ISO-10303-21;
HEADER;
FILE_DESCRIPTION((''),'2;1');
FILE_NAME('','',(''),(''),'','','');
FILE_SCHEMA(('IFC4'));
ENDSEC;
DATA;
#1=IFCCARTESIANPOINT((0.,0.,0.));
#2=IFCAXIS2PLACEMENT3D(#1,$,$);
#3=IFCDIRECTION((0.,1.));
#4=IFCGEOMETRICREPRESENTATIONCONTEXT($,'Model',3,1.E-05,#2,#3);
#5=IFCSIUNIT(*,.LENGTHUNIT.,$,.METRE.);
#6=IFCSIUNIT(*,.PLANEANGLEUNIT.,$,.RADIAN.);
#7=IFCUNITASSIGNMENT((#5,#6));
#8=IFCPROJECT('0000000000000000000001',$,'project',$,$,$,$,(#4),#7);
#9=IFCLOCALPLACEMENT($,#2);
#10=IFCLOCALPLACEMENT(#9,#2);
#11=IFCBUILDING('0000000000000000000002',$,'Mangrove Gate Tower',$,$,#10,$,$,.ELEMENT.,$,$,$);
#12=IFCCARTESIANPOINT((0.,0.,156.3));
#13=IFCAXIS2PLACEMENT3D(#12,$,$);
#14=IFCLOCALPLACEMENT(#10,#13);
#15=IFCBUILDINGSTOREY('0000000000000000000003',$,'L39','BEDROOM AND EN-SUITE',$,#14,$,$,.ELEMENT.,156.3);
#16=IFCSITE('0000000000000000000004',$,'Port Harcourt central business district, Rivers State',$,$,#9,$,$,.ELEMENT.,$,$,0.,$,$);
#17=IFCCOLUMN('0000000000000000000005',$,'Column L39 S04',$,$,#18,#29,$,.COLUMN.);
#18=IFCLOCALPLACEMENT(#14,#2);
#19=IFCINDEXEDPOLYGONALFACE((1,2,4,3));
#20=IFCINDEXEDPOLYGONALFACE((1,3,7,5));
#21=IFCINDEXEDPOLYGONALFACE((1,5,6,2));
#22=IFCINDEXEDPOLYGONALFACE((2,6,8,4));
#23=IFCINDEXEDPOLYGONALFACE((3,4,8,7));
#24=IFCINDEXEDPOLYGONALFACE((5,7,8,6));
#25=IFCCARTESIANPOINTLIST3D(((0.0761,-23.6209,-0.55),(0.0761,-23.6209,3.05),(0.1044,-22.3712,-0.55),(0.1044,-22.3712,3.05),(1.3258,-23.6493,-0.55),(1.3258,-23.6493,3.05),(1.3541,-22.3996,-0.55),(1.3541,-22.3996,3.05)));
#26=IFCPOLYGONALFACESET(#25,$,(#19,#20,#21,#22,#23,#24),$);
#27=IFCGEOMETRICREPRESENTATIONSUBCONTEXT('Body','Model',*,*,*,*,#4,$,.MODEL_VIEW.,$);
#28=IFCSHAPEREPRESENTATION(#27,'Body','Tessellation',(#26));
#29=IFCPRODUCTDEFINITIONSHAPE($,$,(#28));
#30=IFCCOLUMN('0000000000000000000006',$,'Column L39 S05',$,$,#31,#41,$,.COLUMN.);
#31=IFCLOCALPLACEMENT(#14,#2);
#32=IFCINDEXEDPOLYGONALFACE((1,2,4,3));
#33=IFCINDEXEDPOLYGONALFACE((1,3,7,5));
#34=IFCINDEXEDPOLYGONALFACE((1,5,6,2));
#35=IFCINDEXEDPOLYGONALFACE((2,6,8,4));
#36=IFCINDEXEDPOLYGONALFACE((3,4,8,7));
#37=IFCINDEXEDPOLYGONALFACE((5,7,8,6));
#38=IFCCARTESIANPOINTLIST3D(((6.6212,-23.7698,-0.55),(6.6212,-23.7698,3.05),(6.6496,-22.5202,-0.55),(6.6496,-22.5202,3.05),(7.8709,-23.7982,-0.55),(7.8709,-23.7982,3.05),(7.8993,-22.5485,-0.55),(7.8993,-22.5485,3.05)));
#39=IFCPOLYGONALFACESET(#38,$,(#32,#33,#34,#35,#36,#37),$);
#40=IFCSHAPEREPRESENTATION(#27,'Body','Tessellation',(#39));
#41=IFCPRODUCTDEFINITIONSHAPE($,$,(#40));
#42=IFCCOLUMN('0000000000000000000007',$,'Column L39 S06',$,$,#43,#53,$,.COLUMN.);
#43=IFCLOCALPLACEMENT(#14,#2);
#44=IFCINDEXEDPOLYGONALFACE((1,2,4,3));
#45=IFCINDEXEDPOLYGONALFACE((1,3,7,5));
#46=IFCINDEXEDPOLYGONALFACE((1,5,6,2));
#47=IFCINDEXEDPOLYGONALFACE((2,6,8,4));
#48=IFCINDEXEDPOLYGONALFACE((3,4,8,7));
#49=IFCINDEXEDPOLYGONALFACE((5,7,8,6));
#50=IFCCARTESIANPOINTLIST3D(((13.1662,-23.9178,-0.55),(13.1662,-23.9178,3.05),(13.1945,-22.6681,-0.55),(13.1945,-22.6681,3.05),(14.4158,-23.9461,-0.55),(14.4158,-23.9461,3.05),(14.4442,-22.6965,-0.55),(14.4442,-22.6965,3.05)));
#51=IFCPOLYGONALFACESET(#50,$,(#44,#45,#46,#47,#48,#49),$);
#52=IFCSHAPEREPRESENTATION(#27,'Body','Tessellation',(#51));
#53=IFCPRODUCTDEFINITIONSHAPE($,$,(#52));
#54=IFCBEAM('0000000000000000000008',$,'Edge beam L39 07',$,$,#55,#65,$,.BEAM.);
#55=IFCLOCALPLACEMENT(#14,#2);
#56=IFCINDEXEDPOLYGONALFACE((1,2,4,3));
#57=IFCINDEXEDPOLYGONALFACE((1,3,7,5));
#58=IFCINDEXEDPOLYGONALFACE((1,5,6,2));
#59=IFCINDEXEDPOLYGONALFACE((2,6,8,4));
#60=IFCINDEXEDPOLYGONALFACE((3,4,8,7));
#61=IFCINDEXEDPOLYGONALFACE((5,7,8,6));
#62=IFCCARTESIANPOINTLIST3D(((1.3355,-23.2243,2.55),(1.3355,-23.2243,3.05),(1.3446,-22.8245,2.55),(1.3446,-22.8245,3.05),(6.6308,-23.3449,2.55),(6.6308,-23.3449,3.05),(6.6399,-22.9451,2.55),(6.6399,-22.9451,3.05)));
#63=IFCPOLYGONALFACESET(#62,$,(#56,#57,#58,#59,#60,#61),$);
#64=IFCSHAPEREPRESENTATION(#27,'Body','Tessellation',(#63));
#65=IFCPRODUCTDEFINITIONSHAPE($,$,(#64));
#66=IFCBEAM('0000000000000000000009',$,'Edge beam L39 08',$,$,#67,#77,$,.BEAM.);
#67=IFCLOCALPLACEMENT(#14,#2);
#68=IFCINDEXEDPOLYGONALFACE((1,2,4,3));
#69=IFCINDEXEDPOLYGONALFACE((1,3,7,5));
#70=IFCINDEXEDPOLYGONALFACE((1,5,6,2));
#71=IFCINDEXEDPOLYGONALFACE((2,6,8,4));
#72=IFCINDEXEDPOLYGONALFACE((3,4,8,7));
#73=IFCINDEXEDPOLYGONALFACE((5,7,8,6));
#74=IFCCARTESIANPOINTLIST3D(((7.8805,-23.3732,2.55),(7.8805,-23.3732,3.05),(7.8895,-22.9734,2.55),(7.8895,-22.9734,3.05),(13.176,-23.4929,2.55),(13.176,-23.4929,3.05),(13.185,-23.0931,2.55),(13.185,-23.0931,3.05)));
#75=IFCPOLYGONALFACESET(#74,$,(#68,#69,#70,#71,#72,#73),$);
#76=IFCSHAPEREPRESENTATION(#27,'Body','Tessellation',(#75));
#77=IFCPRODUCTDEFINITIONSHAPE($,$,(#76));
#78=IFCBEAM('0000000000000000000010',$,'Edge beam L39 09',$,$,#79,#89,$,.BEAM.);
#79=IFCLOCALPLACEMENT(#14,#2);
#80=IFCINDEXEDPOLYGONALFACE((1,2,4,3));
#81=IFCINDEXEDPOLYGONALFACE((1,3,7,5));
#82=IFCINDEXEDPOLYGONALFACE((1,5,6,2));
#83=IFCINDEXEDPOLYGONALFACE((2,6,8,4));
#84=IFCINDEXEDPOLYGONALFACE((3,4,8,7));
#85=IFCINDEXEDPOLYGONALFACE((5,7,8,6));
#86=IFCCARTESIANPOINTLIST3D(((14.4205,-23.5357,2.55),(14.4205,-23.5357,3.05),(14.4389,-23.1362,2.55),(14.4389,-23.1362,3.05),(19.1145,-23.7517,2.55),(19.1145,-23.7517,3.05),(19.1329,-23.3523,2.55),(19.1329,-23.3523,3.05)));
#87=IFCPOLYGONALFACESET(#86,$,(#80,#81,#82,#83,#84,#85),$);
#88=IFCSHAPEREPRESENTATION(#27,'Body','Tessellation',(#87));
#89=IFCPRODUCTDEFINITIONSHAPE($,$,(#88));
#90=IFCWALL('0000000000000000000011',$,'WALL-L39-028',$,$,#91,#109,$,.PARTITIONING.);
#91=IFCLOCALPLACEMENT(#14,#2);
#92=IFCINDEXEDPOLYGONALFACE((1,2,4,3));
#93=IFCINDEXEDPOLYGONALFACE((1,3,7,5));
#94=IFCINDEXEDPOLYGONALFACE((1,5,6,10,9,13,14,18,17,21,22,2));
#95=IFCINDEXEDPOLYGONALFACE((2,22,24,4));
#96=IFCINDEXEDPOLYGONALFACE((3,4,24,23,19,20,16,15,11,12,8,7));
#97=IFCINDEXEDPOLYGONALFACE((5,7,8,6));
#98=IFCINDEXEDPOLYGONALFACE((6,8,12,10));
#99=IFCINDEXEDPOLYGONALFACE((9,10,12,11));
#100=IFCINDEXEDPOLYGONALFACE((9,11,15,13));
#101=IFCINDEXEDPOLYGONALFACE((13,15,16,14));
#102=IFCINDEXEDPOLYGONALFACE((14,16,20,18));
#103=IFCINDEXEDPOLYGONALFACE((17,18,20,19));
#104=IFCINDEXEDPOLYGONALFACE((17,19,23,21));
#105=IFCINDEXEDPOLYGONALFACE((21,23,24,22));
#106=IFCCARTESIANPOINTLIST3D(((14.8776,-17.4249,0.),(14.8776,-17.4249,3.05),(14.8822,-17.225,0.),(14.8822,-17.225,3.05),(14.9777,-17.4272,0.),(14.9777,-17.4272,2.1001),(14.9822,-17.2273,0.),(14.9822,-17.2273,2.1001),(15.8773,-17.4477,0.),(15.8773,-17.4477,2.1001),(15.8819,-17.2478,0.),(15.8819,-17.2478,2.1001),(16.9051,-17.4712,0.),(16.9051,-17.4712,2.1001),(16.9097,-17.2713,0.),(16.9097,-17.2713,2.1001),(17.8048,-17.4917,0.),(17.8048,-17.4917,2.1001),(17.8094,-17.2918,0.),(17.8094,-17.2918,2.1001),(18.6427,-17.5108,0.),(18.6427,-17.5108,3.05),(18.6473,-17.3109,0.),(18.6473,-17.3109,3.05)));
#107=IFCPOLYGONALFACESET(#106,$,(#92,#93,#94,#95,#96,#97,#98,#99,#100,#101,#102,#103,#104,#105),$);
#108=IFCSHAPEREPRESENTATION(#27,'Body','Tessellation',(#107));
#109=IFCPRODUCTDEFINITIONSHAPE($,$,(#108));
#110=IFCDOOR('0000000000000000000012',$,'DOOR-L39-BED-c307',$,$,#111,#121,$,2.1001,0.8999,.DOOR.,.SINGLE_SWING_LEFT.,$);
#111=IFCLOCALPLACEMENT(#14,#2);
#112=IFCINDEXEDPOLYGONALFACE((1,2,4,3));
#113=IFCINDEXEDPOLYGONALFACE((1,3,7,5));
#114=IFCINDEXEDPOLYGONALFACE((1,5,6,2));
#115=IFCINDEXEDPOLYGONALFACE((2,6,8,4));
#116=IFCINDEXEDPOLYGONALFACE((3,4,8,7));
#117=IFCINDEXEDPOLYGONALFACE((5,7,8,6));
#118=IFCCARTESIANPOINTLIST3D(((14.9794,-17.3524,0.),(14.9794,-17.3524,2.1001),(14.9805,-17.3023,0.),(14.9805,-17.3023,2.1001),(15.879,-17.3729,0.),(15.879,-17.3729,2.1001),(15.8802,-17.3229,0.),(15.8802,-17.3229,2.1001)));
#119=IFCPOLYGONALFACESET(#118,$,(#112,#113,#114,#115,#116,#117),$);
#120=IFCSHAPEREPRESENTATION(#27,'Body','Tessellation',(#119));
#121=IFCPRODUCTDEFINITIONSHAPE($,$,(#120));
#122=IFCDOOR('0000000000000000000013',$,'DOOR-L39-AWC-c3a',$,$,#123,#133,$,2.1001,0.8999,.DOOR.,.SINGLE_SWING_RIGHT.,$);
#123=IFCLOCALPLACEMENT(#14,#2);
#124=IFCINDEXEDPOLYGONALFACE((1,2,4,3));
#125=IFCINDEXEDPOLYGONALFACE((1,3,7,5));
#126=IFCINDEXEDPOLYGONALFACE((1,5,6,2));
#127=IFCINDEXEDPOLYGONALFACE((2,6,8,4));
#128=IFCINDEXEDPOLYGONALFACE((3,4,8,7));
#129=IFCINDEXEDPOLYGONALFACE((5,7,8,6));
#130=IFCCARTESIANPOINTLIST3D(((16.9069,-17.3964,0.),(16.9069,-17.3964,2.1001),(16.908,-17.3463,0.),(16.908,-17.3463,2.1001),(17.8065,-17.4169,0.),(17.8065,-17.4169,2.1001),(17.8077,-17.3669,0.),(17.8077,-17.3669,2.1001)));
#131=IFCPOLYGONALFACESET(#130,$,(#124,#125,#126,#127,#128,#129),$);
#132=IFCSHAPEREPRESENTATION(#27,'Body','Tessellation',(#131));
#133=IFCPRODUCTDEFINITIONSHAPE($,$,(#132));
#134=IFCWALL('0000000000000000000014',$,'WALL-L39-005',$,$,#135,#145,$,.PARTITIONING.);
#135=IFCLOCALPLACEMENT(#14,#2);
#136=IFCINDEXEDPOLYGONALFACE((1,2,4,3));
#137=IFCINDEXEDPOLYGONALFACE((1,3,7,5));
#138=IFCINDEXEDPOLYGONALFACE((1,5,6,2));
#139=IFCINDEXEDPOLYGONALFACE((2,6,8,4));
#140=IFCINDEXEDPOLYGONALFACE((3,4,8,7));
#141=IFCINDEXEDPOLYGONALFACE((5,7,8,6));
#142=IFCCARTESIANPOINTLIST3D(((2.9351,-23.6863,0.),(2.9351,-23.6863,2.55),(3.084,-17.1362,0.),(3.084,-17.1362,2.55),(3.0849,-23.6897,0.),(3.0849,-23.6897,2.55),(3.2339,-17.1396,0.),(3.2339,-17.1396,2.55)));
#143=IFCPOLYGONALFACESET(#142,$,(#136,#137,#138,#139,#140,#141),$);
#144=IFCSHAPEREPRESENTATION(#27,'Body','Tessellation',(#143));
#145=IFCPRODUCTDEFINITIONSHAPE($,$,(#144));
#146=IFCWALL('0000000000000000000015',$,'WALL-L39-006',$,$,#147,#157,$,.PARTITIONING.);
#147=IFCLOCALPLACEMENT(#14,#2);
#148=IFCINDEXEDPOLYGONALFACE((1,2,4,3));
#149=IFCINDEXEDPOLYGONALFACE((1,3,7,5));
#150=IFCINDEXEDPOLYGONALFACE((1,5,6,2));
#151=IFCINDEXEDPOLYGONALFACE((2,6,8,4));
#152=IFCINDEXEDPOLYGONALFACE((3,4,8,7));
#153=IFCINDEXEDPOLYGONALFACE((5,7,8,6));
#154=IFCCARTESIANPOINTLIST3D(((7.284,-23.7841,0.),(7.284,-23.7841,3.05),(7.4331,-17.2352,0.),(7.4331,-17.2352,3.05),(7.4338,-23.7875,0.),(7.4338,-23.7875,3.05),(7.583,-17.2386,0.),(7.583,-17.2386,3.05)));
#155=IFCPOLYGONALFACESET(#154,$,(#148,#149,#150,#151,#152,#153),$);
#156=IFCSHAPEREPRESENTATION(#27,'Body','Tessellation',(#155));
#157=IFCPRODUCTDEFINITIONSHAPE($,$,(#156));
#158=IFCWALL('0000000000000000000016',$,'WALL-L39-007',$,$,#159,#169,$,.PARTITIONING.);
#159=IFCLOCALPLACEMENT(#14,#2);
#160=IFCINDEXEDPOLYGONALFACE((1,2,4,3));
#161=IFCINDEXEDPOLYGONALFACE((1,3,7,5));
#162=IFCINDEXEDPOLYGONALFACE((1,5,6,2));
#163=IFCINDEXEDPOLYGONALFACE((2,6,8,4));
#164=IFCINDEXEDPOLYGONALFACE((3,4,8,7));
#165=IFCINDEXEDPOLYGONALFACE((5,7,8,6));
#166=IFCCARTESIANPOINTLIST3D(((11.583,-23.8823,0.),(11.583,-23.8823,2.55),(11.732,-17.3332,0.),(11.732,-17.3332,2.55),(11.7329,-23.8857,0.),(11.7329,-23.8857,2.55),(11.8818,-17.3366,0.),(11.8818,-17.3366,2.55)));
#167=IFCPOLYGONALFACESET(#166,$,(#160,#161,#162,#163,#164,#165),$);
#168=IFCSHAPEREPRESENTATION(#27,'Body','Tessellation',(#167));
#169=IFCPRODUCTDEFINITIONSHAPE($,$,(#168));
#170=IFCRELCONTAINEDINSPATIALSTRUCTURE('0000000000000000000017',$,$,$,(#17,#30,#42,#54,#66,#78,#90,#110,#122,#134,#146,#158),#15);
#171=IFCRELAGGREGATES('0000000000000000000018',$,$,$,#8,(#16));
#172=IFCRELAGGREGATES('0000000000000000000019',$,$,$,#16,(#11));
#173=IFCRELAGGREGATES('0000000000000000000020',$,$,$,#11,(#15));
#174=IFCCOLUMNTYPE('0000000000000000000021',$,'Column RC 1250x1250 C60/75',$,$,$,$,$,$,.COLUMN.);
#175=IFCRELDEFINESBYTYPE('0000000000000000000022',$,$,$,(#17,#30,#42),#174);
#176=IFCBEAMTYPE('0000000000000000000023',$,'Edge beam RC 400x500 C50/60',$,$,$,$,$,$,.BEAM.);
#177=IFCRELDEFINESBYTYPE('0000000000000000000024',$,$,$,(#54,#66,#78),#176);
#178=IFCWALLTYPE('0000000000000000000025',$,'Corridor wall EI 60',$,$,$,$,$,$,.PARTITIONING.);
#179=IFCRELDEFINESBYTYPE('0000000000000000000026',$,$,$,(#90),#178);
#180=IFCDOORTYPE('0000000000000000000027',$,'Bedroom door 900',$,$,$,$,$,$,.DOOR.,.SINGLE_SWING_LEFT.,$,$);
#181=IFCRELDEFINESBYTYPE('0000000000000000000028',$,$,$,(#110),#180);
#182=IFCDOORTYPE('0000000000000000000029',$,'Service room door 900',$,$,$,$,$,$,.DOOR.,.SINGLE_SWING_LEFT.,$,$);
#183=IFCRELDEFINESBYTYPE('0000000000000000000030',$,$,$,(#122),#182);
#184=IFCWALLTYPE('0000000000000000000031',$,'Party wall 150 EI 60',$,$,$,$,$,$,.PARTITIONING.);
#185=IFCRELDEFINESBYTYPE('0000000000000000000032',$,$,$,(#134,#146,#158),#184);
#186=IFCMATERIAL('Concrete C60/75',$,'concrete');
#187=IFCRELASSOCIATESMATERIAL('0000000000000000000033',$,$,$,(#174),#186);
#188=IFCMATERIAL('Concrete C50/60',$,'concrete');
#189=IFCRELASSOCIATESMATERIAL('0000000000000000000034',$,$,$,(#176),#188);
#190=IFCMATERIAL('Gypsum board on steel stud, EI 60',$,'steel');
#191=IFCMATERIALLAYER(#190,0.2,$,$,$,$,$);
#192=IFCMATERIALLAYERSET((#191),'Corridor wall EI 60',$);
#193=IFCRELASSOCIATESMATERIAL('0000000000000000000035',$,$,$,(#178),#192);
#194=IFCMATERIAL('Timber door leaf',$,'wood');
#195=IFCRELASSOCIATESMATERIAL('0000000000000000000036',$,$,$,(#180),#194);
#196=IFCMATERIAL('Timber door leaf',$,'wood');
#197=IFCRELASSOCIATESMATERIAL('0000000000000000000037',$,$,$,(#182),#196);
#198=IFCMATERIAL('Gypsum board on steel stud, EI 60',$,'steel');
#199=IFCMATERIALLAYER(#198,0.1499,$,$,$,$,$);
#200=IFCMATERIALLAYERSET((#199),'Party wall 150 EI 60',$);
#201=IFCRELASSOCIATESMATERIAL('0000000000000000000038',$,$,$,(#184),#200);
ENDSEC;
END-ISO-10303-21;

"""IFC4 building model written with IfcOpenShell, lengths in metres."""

from ifc_helpers import new_model, si_unit, direction, frame, frame_2d, origin, origin_2d, place, context, subcontext, project, spatial, rectangle, extrude, material, layer, layer_set, material_profile, profile_set, type_object, element, fill, save


model = new_model("IFC4")

# Units and contexts
model_context = context("Model", 3, precision=1e-05, world=origin(), true_north=direction((0.0, 1.0)))
body_context = subcontext(model_context, "Body", "Model", "MODEL_VIEW")
ifc_project = project(units=[si_unit("LENGTHUNIT", "METRE"), si_unit("PLANEANGLEUNIT", "RADIAN")], contexts=[model_context])

# Site, building, storey
site_placement = place(None, origin())
site = spatial("IfcSite", under=ifc_project, at=site_placement, Name="Port Harcourt central business district, Rivers State", CompositionType="ELEMENT", RefElevation=0.0)
building_placement = place(site_placement, origin())
building = spatial("IfcBuilding", under=site, at=building_placement, Name="Mangrove Gate Tower", CompositionType="ELEMENT")
storey_placement = place(building_placement, frame((0.0, 0.0, 156.3)))
storey = spatial("IfcBuildingStorey", under=building, at=storey_placement, Name="L39", Description="BEDROOM AND EN-SUITE", CompositionType="ELEMENT", Elevation=156.3)

# Columns
ifc_material_1 = material(Name="Concrete C60/75", Category="concrete")
ifc_material_profile_1 = material_profile(ifc_material_1, rectangle(XDim=1.25, YDim=1.25, at=origin_2d()))
ifc_profile_set_1 = profile_set([ifc_material_profile_1], Name="Concrete C60/75")
column_type = type_object("IfcColumnType", Name="Column RC 1250x1250 C60/75", PredefinedType="COLUMN", material=ifc_profile_set_1)
for number, where, z_axis, x_axis, name in (
    (1, (0.7151, -23.0103, -0.55), (0.0, 0.0, 1.0), (0.999743, -0.022683, 0.0), "Column L39 S04"),
    (2, (7.2603, -23.1592, -0.55), (0.0, 0.0, 1.0), (0.999743, -0.022683, 0.0), "Column L39 S05"),
    (3, (13.8052, -23.3071, -0.55), (0.0, 0.0, 1.0), (0.999743, -0.022683, 0.0), "Column L39 S06"),
):
    element("IfcColumn", number, at=place(storey_placement, frame(where, z_axis=z_axis, x_axis=x_axis)), inside=storey, type_object=column_type, Name=name, PredefinedType="COLUMN", context=body_context, shape_type="SweptSolid", body=[
        extrude(rectangle(XDim=1.25, YDim=1.25, at=origin_2d()), origin(), (0.0, 0.0, 1.0), 3.6001),
    ])

# Beams
ifc_material_2 = material(Name="Concrete C50/60", Category="concrete")
ifc_material_profile_2 = material_profile(ifc_material_2, rectangle(XDim=0.3999, YDim=0.5, at=origin_2d()))
ifc_profile_set_2 = profile_set([ifc_material_profile_2], Name="Concrete C50/60")
beam_type = type_object("IfcBeamType", Name="Edge beam RC 400x500 C50/60", PredefinedType="BEAM", material=ifc_profile_set_2)
beam_1_placement = place(storey_placement, frame((1.3401, -23.0244, 2.8), z_axis=(0.999741, -0.022771, 0.0), x_axis=(0.022771, 0.999741, 0.0)))
element("IfcBeam", 4, at=beam_1_placement, inside=storey, type_object=beam_type, Name="Edge beam L39 07", PredefinedType="BEAM", context=body_context, shape_type="SweptSolid", body=[
    extrude(rectangle(XDim=0.3999, YDim=0.5, at=origin_2d()), origin(), (0.0, 0.0, 1.0), 5.2966),
])
beam_2_placement = place(storey_placement, frame((7.885, -23.1733, 2.8), z_axis=(0.999745, -0.022585, 0.0), x_axis=(0.022585, 0.999745, 0.0)))
element("IfcBeam", 5, at=beam_2_placement, inside=storey, type_object=beam_type, Name="Edge beam L39 08", PredefinedType="BEAM", context=body_context, shape_type="SweptSolid", body=[
    extrude(rectangle(XDim=0.3999, YDim=0.5, at=origin_2d()), origin(), (0.0, 0.0, 1.0), 5.2969),
])
beam_3_placement = place(storey_placement, frame((14.4297, -23.3359, 2.8), z_axis=(0.998942, -0.04598, 0.0), x_axis=(0.04598, 0.998942, 0.0)))
element("IfcBeam", 6, at=beam_3_placement, inside=storey, type_object=beam_type, Name="Edge beam L39 09", PredefinedType="BEAM", context=body_context, shape_type="SweptSolid", body=[
    extrude(rectangle(XDim=0.3999, YDim=0.5, at=origin_2d()), origin(), (0.0, 0.0, 1.0), 4.699),
])

# Wall, openings, doors
ifc_material_3 = material(Name="Gypsum board on steel stud, EI 60", Category="steel")
ifc_layer_1 = layer(ifc_material_3, 0.2)
ifc_layer_set_1 = layer_set([ifc_layer_1], Name="Corridor wall EI 60")
wall_type_1 = type_object("IfcWallType", Name="Corridor wall EI 60", PredefinedType="PARTITIONING", material=ifc_layer_set_1)
wall_1_placement = place(storey_placement, frame((14.8799, -17.325, 0.0), z_axis=(0.0, 0.0, 1.0), x_axis=(0.99974, -0.022819, 0.0)))
wall_1 = element("IfcWall", 7, at=wall_1_placement, inside=storey, type_object=wall_type_1, Name="WALL-L39-028", PredefinedType="PARTITIONING", context=body_context, shape_type="SweptSolid", body=[
    extrude(rectangle(XDim=3.7661, YDim=0.2, at=frame_2d((1.8831, 0.0))), origin(), (0.0, 0.0, 1.0), 3.05),
])
opening_1_placement = place(wall_1_placement, frame((0.1001, 0.0, 0.0)))
opening_1 = element("IfcOpeningElement", 8, at=opening_1_placement, cuts=wall_1, PredefinedType="OPENING", context=body_context, shape_type="SweptSolid", body=[
    extrude(rectangle(XDim=0.8999, YDim=2.1001, at=frame_2d((0.45, 1.05))), frame((0.0, 0.1099, 0.0), z_axis=(0.0, -1.0, 0.0), x_axis=(1.0, 0.0, 0.0)), (0.0, 0.0, 1.0), 0.22),
])
opening_2_placement = place(wall_1_placement, frame((2.0281, 0.0, 0.0)))
opening_2 = element("IfcOpeningElement", 9, at=opening_2_placement, cuts=wall_1, PredefinedType="OPENING", context=body_context, shape_type="SweptSolid", body=[
    extrude(rectangle(XDim=0.8999, YDim=2.1001, at=frame_2d((0.45, 1.05))), frame((0.0, 0.1099, 0.0), z_axis=(0.0, -1.0, 0.0), x_axis=(1.0, 0.0, 0.0)), (0.0, 0.0, 1.0), 0.22),
])
ifc_material_4 = material(Name="Timber door leaf", Category="wood")
door_type_1 = type_object("IfcDoorType", Name="Bedroom door 900", OperationType="SINGLE_SWING_LEFT", PredefinedType="DOOR", material=ifc_material_4)
door_1_placement = place(opening_1_placement, origin())
door_1 = element("IfcDoor", 10, at=door_1_placement, inside=storey, type_object=door_type_1, Name="DOOR-L39-BED-c307", OperationType="SINGLE_SWING_LEFT", OverallHeight=2.1001, OverallWidth=0.8999, PredefinedType="DOOR", context=body_context, shape_type="SweptSolid", body=[
    extrude(rectangle(XDim=0.8999, YDim=2.1001, at=frame_2d((0.45, 1.05))), frame((0.0, 0.0249, 0.0), z_axis=(0.0, -1.0, 0.0), x_axis=(1.0, 0.0, 0.0)), (0.0, 0.0, 1.0), 0.05),
])
fill(opening_1, door_1)
ifc_material_5 = material(Name="Timber door leaf", Category="wood")
door_type_2 = type_object("IfcDoorType", Name="Service room door 900", OperationType="SINGLE_SWING_LEFT", PredefinedType="DOOR", material=ifc_material_5)
door_2_placement = place(opening_2_placement, origin())
door_2 = element("IfcDoor", 11, at=door_2_placement, inside=storey, type_object=door_type_2, Name="DOOR-L39-AWC-c3a", OperationType="SINGLE_SWING_RIGHT", OverallHeight=2.1001, OverallWidth=0.8999, PredefinedType="DOOR", context=body_context, shape_type="SweptSolid", body=[
    extrude(rectangle(XDim=0.8999, YDim=2.1001, at=frame_2d((0.45, 1.05))), frame((0.0, 0.0249, 0.0), z_axis=(0.0, -1.0, 0.0), x_axis=(1.0, 0.0, 0.0)), (0.0, 0.0, 1.0), 0.05),
])
fill(opening_2, door_2)

# Walls
ifc_material_6 = material(Name="Gypsum board on steel stud, EI 60", Category="steel")
ifc_layer_2 = layer(ifc_material_6, 0.1499)
ifc_layer_set_2 = layer_set([ifc_layer_2], Name="Party wall 150 EI 60")
wall_type_2 = type_object("IfcWallType", Name="Party wall 150 EI 60", PredefinedType="PARTITIONING", material=ifc_layer_set_2)
wall_2_placement = place(storey_placement, frame((3.01, -23.688, 0.0), z_axis=(0.0, 0.0, 1.0), x_axis=(0.022731, 0.999742, 0.0)))
element("IfcWall", 12, at=wall_2_placement, inside=storey, type_object=wall_type_2, Name="WALL-L39-005", PredefinedType="PARTITIONING", context=body_context, shape_type="SweptSolid", body=[
    extrude(rectangle(XDim=6.5518, YDim=0.1499, at=frame_2d((3.2759, 0.0))), origin(), (0.0, 0.0, 1.0), 2.55),
])
wall_3_placement = place(storey_placement, frame((7.3589, -23.7859, 0.0), z_axis=(0.0, 0.0, 1.0), x_axis=(0.022772, 0.999741, 0.0)))
element("IfcWall", 13, at=wall_3_placement, inside=storey, type_object=wall_type_2, Name="WALL-L39-006", PredefinedType="PARTITIONING", context=body_context, shape_type="SweptSolid", body=[
    extrude(rectangle(XDim=6.5505, YDim=0.1499, at=frame_2d((3.2754, 0.0))), origin(), (0.0, 0.0, 1.0), 3.05),
])
wall_4_placement = place(storey_placement, frame((11.658, -23.884, 0.0), z_axis=(0.0, 0.0, 1.0), x_axis=(0.022734, 0.999742, 0.0)))
element("IfcWall", 14, at=wall_4_placement, inside=storey, type_object=wall_type_2, Name="WALL-L39-007", PredefinedType="PARTITIONING", context=body_context, shape_type="SweptSolid", body=[
    extrude(rectangle(XDim=6.5508, YDim=0.1499, at=frame_2d((3.2754, 0.0))), origin(), (0.0, 0.0, 1.0), 2.55),
])

save(model, "model.ifc")
